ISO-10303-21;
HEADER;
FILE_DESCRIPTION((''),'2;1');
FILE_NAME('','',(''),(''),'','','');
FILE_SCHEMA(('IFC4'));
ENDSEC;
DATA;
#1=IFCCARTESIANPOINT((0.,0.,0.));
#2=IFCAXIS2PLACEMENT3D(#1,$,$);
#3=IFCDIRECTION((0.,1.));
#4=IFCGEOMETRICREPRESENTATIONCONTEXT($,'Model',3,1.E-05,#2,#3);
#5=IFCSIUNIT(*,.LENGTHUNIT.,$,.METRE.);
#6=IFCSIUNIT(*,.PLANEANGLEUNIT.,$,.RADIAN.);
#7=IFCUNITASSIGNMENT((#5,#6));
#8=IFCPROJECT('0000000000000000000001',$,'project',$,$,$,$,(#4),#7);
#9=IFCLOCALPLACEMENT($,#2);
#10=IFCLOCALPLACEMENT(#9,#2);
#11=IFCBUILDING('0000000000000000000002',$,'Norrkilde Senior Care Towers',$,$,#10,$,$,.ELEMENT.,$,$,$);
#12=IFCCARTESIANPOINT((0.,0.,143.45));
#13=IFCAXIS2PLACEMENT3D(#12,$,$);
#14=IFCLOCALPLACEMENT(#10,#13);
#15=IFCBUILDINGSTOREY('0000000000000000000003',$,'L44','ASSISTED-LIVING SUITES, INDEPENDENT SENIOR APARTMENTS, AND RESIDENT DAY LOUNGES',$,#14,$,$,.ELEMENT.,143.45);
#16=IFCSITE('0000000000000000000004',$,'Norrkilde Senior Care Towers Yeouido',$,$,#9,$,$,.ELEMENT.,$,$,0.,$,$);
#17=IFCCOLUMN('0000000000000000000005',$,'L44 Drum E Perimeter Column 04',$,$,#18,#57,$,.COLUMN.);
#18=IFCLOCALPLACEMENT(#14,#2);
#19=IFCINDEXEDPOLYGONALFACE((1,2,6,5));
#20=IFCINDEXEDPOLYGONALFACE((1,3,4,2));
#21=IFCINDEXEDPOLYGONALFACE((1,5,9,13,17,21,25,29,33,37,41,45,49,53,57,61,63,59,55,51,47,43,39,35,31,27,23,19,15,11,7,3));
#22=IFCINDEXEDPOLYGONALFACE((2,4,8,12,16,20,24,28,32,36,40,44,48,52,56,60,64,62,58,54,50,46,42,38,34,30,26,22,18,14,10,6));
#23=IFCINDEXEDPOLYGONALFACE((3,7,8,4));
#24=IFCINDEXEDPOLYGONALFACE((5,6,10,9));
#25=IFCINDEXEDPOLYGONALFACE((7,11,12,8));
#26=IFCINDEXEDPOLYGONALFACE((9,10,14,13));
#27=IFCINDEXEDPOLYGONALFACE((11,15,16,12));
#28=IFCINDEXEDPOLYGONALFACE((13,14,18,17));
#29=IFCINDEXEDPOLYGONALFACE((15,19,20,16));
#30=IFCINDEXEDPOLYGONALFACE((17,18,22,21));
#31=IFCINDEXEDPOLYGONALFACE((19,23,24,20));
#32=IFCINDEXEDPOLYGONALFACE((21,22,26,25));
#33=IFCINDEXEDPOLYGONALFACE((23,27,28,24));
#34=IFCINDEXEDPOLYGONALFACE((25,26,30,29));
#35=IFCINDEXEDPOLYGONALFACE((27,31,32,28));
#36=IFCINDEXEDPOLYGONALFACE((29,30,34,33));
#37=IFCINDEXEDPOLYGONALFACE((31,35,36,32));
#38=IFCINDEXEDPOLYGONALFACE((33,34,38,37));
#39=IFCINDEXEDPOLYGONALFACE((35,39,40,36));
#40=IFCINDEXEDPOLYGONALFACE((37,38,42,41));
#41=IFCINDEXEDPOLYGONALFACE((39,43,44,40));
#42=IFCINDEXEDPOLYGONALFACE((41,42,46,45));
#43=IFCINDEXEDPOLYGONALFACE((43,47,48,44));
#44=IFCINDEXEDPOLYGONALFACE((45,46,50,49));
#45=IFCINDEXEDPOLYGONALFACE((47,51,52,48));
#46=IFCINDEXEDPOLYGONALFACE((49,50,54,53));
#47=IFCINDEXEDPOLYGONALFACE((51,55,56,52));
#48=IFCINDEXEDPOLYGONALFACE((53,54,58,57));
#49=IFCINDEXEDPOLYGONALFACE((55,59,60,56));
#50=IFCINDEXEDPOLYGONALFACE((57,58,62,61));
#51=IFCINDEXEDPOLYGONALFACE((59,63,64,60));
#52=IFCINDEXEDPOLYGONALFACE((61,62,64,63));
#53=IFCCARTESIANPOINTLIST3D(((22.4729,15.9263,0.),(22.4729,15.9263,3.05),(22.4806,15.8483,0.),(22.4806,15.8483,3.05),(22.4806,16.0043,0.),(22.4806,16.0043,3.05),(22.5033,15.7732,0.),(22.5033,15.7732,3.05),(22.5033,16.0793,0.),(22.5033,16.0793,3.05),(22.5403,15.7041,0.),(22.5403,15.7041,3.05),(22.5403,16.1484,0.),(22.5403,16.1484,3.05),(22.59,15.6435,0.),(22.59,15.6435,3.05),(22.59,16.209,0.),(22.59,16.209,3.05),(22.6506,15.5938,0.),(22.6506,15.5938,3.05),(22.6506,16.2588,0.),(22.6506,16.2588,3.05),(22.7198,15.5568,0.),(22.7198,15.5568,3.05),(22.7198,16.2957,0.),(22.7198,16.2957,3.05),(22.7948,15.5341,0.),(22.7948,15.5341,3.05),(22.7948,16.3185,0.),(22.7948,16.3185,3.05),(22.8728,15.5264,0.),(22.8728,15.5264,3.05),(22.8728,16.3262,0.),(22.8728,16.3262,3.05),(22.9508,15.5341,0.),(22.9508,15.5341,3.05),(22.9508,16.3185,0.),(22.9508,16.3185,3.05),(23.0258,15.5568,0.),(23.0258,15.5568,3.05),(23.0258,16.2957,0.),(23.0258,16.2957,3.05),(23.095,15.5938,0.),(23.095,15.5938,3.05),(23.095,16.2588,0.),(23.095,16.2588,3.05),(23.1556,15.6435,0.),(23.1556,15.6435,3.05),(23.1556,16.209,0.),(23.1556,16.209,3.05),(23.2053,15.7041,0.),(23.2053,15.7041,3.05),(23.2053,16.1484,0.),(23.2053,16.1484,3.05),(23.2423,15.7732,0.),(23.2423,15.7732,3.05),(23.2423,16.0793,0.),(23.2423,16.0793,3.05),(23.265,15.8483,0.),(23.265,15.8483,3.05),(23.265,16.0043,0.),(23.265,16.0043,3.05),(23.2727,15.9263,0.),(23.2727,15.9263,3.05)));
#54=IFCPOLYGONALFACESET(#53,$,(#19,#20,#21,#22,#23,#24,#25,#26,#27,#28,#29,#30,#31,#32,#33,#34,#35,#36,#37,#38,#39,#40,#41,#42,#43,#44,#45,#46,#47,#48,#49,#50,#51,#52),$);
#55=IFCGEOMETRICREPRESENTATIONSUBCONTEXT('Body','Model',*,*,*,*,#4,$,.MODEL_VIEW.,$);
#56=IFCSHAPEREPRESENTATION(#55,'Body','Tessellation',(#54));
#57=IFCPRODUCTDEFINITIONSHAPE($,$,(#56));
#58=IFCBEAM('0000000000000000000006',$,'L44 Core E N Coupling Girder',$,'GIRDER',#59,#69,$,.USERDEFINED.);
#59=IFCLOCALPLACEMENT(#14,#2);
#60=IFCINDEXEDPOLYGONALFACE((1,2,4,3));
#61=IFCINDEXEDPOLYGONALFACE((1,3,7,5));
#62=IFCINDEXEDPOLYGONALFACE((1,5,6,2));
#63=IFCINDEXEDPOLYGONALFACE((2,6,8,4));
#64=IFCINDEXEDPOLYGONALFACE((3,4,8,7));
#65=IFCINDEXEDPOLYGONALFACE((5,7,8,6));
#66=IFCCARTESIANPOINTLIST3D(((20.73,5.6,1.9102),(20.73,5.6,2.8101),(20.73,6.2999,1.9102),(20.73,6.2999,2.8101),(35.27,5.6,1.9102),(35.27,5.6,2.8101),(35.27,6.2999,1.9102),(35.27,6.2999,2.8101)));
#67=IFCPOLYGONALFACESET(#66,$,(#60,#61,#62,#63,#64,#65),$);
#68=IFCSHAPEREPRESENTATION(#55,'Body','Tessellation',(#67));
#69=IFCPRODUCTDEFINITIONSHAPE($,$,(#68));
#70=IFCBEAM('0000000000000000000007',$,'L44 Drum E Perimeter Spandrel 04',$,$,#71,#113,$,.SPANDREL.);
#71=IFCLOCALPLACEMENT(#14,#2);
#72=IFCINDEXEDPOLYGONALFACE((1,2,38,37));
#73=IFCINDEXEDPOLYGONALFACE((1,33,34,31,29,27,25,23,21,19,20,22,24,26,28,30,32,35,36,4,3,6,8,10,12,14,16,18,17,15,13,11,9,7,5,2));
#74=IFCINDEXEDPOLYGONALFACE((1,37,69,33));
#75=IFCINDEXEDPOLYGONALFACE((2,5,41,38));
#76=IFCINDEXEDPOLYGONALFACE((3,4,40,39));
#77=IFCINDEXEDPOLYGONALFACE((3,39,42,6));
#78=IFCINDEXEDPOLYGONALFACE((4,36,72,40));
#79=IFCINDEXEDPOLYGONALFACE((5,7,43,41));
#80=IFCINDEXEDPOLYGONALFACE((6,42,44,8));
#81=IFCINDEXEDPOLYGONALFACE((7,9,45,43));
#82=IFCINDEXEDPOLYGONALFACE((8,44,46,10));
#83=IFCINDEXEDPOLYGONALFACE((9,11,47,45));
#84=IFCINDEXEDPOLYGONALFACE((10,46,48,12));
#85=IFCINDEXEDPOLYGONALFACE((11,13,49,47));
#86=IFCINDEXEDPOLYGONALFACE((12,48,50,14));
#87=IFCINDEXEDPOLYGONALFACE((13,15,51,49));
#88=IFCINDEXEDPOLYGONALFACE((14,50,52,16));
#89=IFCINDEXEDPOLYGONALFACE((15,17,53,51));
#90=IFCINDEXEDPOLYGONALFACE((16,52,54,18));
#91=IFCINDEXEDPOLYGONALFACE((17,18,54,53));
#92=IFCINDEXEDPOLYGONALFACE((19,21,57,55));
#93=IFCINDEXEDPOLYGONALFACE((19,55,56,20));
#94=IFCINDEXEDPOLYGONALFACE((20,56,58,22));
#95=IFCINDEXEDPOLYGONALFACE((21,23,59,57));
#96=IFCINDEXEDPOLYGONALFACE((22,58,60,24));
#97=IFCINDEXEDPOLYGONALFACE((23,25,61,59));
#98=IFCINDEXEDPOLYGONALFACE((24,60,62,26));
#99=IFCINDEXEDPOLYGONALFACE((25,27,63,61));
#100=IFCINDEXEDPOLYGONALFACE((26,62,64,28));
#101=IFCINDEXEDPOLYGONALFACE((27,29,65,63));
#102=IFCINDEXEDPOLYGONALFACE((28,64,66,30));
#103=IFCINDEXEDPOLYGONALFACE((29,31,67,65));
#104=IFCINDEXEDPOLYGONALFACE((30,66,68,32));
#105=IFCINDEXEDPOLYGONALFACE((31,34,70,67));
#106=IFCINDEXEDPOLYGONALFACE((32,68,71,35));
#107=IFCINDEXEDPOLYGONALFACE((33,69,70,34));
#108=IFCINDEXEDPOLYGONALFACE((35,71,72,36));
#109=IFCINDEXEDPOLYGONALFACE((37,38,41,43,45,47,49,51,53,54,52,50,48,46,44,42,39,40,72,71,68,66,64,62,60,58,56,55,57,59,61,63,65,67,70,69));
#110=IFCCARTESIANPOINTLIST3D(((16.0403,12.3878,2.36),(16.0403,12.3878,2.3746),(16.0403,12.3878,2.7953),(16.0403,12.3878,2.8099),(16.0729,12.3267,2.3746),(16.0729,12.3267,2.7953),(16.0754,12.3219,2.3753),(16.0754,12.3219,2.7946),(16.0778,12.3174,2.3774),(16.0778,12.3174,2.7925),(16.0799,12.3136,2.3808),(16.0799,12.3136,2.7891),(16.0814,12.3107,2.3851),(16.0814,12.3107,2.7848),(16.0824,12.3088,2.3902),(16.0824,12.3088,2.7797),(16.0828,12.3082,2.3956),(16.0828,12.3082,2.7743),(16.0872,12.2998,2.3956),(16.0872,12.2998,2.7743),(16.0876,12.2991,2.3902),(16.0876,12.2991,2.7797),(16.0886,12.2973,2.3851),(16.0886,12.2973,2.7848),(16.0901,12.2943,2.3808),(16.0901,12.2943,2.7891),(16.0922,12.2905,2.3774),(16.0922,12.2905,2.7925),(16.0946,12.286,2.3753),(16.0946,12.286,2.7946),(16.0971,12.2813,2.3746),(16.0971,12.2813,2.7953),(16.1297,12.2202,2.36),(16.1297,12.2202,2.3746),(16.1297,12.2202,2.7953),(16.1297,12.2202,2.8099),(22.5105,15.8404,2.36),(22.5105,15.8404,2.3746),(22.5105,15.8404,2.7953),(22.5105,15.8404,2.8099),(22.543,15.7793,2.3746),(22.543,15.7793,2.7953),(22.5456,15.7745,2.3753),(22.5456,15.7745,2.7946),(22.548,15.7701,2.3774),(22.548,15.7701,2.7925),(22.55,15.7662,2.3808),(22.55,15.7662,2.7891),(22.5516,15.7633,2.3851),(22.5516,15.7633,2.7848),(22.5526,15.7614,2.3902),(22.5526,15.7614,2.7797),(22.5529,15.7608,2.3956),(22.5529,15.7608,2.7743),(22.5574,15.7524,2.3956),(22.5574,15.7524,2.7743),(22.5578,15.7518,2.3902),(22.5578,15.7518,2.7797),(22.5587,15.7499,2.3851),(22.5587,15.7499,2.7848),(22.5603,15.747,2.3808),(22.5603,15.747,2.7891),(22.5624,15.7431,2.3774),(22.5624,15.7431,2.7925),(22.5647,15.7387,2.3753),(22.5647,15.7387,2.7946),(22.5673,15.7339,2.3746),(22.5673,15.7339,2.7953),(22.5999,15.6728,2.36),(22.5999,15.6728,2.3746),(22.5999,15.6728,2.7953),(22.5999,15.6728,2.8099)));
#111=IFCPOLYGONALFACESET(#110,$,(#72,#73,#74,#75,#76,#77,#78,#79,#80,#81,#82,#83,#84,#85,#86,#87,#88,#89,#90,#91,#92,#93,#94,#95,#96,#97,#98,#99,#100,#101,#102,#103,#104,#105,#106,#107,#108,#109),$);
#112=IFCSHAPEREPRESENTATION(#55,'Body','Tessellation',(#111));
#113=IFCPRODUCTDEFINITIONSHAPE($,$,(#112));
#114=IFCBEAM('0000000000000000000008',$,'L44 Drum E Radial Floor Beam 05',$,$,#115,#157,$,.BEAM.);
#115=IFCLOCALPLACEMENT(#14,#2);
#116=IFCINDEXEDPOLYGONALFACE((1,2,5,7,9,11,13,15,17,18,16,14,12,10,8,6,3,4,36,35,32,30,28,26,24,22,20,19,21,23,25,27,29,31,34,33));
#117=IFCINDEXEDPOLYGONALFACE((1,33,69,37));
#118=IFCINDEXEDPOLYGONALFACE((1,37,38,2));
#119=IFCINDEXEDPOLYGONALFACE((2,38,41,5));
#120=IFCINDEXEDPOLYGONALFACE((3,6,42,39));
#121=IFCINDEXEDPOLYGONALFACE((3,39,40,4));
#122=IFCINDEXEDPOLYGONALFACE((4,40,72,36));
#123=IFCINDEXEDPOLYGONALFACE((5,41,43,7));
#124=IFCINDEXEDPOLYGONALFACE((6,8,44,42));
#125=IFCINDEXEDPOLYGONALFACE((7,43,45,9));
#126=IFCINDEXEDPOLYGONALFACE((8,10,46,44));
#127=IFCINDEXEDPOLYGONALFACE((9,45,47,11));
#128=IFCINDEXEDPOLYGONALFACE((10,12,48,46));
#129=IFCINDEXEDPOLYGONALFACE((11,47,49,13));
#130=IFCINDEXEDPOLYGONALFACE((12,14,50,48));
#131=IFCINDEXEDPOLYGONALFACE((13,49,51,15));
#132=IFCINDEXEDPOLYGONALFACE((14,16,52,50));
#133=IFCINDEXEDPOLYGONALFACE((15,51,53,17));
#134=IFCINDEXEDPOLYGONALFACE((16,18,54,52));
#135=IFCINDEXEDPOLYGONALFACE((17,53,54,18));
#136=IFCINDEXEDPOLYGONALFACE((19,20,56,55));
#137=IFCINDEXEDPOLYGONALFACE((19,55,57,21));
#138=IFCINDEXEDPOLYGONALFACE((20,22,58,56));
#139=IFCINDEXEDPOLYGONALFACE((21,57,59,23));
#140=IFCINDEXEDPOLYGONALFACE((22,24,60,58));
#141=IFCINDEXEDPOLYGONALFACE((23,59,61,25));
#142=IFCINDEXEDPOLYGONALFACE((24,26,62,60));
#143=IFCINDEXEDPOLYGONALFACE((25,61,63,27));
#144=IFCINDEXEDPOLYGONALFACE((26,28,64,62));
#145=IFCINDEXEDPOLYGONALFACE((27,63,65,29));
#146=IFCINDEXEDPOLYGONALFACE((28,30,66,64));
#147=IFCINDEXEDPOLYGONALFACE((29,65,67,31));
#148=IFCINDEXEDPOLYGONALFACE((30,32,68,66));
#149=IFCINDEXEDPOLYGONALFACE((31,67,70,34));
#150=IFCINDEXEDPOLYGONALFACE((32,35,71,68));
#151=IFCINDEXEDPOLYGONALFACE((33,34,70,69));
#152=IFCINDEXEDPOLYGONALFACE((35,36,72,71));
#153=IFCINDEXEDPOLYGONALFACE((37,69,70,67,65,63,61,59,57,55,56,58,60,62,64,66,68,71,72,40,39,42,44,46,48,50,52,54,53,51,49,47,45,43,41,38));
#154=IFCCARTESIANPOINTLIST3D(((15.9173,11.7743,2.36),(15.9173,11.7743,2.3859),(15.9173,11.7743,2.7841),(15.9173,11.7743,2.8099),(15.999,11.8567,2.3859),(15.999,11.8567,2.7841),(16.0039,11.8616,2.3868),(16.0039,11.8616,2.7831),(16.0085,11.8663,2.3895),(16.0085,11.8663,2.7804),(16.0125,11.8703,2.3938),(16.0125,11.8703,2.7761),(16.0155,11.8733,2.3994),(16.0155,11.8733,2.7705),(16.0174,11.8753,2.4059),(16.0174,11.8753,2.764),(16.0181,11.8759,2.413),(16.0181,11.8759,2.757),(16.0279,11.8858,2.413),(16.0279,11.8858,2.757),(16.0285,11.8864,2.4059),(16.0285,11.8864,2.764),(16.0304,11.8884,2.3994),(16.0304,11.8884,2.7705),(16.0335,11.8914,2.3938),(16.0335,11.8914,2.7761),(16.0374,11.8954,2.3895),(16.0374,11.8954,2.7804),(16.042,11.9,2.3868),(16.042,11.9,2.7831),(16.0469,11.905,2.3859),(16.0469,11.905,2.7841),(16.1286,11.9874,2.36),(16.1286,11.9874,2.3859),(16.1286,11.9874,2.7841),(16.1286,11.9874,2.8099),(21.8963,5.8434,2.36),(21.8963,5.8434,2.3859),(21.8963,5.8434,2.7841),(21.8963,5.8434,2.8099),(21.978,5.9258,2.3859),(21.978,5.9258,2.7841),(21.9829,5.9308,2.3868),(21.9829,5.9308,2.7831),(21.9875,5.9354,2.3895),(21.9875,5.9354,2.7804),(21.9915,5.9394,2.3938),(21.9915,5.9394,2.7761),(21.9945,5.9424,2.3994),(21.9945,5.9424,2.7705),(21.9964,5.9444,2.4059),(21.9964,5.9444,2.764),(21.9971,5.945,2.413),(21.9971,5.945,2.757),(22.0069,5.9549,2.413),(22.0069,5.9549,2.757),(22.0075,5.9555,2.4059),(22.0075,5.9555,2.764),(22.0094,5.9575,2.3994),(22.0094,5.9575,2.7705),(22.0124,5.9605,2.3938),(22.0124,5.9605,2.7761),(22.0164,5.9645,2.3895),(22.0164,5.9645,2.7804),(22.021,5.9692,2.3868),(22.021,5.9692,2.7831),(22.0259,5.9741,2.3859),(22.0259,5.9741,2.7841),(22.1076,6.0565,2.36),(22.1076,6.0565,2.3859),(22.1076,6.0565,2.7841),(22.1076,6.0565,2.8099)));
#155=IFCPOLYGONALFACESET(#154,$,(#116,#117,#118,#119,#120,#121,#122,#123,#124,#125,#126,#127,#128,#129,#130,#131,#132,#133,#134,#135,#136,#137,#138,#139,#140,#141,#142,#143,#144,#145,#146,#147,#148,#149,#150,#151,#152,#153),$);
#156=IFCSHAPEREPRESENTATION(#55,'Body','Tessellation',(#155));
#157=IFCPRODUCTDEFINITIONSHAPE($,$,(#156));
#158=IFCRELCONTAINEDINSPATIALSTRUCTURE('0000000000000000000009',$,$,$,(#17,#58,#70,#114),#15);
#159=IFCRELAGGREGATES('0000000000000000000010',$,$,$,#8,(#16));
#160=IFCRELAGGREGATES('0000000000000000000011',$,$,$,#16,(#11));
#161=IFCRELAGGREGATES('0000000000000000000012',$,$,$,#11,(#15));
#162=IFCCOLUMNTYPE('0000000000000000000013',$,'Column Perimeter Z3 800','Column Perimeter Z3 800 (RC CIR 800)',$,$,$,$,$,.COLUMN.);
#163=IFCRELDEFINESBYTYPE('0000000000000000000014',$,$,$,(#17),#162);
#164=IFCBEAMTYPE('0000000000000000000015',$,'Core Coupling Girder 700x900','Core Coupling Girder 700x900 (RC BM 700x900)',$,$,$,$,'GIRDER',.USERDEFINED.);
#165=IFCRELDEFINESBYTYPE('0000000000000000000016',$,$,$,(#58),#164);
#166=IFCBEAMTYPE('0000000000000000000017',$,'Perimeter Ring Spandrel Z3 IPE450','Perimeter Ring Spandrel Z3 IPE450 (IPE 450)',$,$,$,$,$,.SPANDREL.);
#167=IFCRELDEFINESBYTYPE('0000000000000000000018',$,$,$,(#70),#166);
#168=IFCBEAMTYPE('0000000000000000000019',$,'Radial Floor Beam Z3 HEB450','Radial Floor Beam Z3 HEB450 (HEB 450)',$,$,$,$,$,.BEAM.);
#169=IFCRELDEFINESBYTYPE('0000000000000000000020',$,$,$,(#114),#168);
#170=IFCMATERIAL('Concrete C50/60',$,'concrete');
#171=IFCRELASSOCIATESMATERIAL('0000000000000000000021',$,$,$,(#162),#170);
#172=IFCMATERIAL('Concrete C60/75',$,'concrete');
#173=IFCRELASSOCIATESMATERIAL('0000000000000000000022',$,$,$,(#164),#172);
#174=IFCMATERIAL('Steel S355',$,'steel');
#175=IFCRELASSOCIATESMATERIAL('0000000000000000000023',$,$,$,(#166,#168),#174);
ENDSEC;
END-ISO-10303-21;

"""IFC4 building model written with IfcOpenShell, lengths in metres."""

from ifc_helpers import new_model, si_unit, direction, frame, origin, origin_2d, place, context, subcontext, project, spatial, rectangle, circle, i_section, extrude, source, transform, mapped, material, material_profile, profile_set, type_object, type_shapes, element, save


model = new_model("IFC4")

# Units and contexts
model_context = context("Model", 3, precision=1e-05, world=origin(), true_north=direction((0.0, 1.0)))
body_context = subcontext(model_context, "Body", "Model", "MODEL_VIEW")
ifc_project = project(units=[si_unit("LENGTHUNIT", "METRE"), si_unit("PLANEANGLEUNIT", "RADIAN")], contexts=[model_context])

# Site, building, storey
site_placement = place(None, origin())
site = spatial("IfcSite", under=ifc_project, at=site_placement, Name="Norrkilde Senior Care Towers Yeouido", CompositionType="ELEMENT", RefElevation=0.0)
building_placement = place(site_placement, origin())
building = spatial("IfcBuilding", under=site, at=building_placement, Name="Norrkilde Senior Care Towers", CompositionType="ELEMENT")
storey_placement = place(building_placement, frame((0.0, 0.0, 143.45)))
storey = spatial("IfcBuildingStorey", under=building, at=storey_placement, Name="L44", Description="ASSISTED-LIVING SUITES, INDEPENDENT SENIOR APARTMENTS, AND RESIDENT DAY LOUNGES", CompositionType="ELEMENT", Elevation=143.45)

# Column
ifc_material_1 = material(Name="Concrete C50/60", Category="concrete")
ifc_material_profile_1 = material_profile(ifc_material_1, circle(Radius=0.3999, at=origin_2d()), Name="RC CIR 800")
ifc_profile_set_1 = profile_set([ifc_material_profile_1], Name="Concrete C50/60")
column_type = type_object("IfcColumnType", Name="Column Perimeter Z3 800", Description="Column Perimeter Z3 800 (RC CIR 800)", PredefinedType="COLUMN", material=ifc_profile_set_1)
shared_shape_1 = source(origin(), body_context, "Body", "SweptSolid", [
    extrude(circle(Radius=0.3999, at=origin_2d()), origin(), (0.0, 0.0, 1.0), 3.05),
])
type_shapes(column_type, [shared_shape_1])
column_placement = place(storey_placement, frame((22.8728, 15.9263, 0.0), z_axis=(0.0, 0.0, 1.0), x_axis=(1.0, 0.0, 0.0)))
element("IfcColumn", 1, at=column_placement, inside=storey, type_object=column_type, Name="L44 Drum E Perimeter Column 04", PredefinedType="COLUMN", context=body_context, shape_type="MappedRepresentation", body=[
    mapped(shared_shape_1, transform((0.0, 0.0, 0.0), x_axis=(1.0, 0.0, 0.0), y_axis=(0.0, 1.0, 0.0), z_axis=(0.0, 0.0, 1.0), scale=1.0)),
])

# Beams
ifc_material_2 = material(Name="Concrete C60/75", Category="concrete")
ifc_material_profile_2 = material_profile(ifc_material_2, rectangle(XDim=0.7, YDim=0.8999, at=origin_2d()), Name="RC BM 700x900")
ifc_profile_set_2 = profile_set([ifc_material_profile_2], Name="Concrete C60/75")
beam_type_1 = type_object("IfcBeamType", Name="Core Coupling Girder 700x900", Description="Core Coupling Girder 700x900 (RC BM 700x900)", ElementType="GIRDER", PredefinedType="USERDEFINED", material=ifc_profile_set_2)
shared_shape_2 = source(origin(), body_context, "Body", "SweptSolid", [
    extrude(rectangle(XDim=0.7, YDim=0.8999, at=origin_2d()), origin(), (0.0, 0.0, 1.0), 14.54),
])
type_shapes(beam_type_1, [shared_shape_2])
beam_1_placement = place(storey_placement, frame((20.73, 5.95, 2.3601), z_axis=(1.0, 0.0, 0.0), x_axis=(0.0, 1.0, 0.0)))
element("IfcBeam", 2, at=beam_1_placement, inside=storey, type_object=beam_type_1, Name="L44 Core E N Coupling Girder", ObjectType="GIRDER", PredefinedType="USERDEFINED", context=body_context, shape_type="MappedRepresentation", body=[
    mapped(shared_shape_2, transform((0.0, 0.0, 0.0), x_axis=(1.0, 0.0, 0.0), y_axis=(0.0, 1.0, 0.0), z_axis=(0.0, 0.0, 1.0), scale=1.0)),
])
ifc_material_3 = material(Name="Steel S355", Category="steel")
ifc_material_profile_3 = material_profile(ifc_material_3, i_section(OverallWidth=0.1899, OverallDepth=0.45, WebThickness=0.0095, FlangeThickness=0.0146, FilletRadius=0.021, at=origin_2d()), Name="IPE 450")
ifc_profile_set_3 = profile_set([ifc_material_profile_3], Name="Steel S355")
beam_type_2 = type_object("IfcBeamType", Name="Perimeter Ring Spandrel Z3 IPE450", Description="Perimeter Ring Spandrel Z3 IPE450 (IPE 450)", PredefinedType="SPANDREL", material=ifc_profile_set_3)
shared_shape_3 = source(origin(), body_context, "Body", "SweptSolid", [
    extrude(i_section(OverallWidth=0.1899, OverallDepth=0.45, WebThickness=0.0095, FlangeThickness=0.0146, FilletRadius=0.021, at=origin_2d()), origin(), (0.0, 0.0, 1.0), 7.3337),
])
type_shapes(beam_type_2, [shared_shape_3])
beam_2_placement = place(storey_placement, frame((22.5552, 15.7566, 2.585), z_axis=(-0.882248, -0.470785, 0.0), x_axis=(0.470785, -0.882248, 0.0)))
element("IfcBeam", 3, at=beam_2_placement, inside=storey, type_object=beam_type_2, Name="L44 Drum E Perimeter Spandrel 04", PredefinedType="SPANDREL", context=body_context, shape_type="MappedRepresentation", body=[
    mapped(shared_shape_3, transform((0.0, 0.0, 0.0), x_axis=(1.0, 0.0, 0.0), y_axis=(0.0, 1.0, 0.0), z_axis=(0.0, 0.0, 1.0), scale=1.0)),
])
ifc_material_profile_4 = material_profile(ifc_material_3, i_section(OverallWidth=0.3, OverallDepth=0.45, WebThickness=0.0139, FlangeThickness=0.0259, FilletRadius=0.0271, at=origin_2d()), Name="HEB 450")
ifc_profile_set_4 = profile_set([ifc_material_profile_4], Name="Steel S355")
beam_type_3 = type_object("IfcBeamType", Name="Radial Floor Beam Z3 HEB450", Description="Radial Floor Beam Z3 HEB450 (HEB 450)", PredefinedType="BEAM", material=ifc_profile_set_4)
shared_shape_4 = source(origin(), body_context, "Body", "SweptSolid", [
    extrude(i_section(OverallWidth=0.3, OverallDepth=0.45, WebThickness=0.0139, FlangeThickness=0.0259, FilletRadius=0.0271, at=origin_2d()), origin(), (0.0, 0.0, 1.0), 8.4216),
])
beam_3_placement = place(storey_placement, frame((22.002, 5.95, 2.585), z_axis=(-0.709956, 0.704246, 0.0), x_axis=(-0.704246, -0.709956, 0.0)))
element("IfcBeam", 4, at=beam_3_placement, inside=storey, type_object=beam_type_3, Name="L44 Drum E Radial Floor Beam 05", PredefinedType="BEAM", context=body_context, shape_type="MappedRepresentation", body=[
    mapped(shared_shape_4, transform((0.0, 0.0, 0.0), x_axis=(1.0, 0.0, 0.0), y_axis=(0.0, 1.0, 0.0), z_axis=(0.0, 0.0, 1.0), scale=1.0)),
])

save(model, "model.ifc")
